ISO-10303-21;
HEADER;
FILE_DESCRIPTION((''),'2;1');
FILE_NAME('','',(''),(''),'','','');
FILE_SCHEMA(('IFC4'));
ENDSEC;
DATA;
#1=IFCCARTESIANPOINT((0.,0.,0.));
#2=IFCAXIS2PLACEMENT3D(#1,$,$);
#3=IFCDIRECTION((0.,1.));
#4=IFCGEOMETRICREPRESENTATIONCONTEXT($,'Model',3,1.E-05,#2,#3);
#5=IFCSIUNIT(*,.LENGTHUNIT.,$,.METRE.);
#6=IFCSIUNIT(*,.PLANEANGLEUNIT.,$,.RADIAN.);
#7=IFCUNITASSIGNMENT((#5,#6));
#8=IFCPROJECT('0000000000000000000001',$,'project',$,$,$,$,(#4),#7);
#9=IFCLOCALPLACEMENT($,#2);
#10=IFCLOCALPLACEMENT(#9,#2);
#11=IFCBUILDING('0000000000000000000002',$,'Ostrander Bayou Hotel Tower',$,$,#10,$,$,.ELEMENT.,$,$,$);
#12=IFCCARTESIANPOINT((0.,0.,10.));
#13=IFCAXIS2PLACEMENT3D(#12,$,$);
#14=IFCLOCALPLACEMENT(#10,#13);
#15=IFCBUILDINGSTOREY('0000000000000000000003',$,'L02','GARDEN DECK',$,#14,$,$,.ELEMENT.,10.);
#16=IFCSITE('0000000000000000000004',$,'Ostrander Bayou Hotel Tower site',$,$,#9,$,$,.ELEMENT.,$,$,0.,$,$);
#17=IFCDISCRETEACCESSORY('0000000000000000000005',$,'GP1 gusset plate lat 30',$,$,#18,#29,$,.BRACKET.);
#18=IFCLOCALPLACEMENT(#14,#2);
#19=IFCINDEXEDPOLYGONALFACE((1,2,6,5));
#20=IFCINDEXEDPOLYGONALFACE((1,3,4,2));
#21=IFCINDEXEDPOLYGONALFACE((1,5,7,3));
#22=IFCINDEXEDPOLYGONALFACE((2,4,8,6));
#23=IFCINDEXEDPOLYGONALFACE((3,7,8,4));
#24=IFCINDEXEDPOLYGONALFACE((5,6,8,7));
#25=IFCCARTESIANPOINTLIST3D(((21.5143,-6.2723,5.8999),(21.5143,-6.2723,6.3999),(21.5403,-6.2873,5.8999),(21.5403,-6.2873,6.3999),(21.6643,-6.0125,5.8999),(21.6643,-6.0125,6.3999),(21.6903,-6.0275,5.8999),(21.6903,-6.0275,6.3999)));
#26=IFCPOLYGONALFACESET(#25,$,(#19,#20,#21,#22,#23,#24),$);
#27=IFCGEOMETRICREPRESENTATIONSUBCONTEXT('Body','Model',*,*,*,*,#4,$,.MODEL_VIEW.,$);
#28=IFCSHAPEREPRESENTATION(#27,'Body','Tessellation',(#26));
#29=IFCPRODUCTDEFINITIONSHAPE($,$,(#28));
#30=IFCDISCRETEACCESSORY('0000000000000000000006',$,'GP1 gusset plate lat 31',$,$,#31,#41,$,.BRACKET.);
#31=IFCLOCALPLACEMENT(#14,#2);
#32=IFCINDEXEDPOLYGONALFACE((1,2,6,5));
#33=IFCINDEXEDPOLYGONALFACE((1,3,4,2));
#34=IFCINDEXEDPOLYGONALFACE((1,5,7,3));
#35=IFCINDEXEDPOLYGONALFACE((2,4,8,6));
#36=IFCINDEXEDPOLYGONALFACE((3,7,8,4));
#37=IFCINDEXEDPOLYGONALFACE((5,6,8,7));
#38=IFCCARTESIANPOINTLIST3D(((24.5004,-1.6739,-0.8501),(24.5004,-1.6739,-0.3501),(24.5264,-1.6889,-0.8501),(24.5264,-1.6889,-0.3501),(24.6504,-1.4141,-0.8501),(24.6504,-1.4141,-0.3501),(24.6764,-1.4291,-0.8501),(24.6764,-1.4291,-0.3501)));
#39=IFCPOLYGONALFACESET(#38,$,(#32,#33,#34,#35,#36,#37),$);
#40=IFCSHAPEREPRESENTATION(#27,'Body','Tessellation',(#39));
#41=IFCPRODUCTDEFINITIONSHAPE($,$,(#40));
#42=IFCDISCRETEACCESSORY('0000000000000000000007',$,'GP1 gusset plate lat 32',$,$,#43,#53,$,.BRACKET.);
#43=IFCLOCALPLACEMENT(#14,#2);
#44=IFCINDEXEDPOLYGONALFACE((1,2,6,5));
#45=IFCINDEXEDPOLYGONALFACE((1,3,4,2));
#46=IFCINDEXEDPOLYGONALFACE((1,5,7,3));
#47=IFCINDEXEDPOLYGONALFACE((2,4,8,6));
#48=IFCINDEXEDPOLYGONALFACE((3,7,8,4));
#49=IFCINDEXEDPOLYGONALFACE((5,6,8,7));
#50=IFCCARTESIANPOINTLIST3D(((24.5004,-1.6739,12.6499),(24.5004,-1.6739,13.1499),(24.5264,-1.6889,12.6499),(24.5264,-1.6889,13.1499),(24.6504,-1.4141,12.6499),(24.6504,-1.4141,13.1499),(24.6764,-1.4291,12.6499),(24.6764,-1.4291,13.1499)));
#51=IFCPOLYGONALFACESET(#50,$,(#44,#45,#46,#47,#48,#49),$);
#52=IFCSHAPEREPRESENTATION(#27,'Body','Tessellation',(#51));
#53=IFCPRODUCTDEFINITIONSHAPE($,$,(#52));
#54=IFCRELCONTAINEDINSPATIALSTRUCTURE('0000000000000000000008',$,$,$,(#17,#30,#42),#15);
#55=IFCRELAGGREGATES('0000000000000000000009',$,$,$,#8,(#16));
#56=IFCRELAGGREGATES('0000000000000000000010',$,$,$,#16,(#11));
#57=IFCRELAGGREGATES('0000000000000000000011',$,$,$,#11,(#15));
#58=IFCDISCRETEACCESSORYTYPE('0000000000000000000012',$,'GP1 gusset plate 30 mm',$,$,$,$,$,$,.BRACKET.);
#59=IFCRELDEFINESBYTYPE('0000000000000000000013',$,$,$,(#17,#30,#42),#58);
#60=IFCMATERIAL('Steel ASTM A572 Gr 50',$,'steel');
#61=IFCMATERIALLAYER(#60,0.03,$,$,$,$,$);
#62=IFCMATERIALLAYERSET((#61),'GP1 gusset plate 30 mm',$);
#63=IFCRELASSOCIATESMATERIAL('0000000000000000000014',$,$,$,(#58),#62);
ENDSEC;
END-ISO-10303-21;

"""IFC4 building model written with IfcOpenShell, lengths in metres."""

from ifc_helpers import new_model, si_unit, direction, frame, origin, origin_2d, place, context, subcontext, project, spatial, rectangle, extrude, material, layer, layer_set, type_object, element, save


model = new_model("IFC4")

# Units and contexts
model_context = context("Model", 3, precision=1e-05, world=origin(), true_north=direction((0.0, 1.0)))
body_context = subcontext(model_context, "Body", "Model", "MODEL_VIEW")
ifc_project = project(units=[si_unit("LENGTHUNIT", "METRE"), si_unit("PLANEANGLEUNIT", "RADIAN")], contexts=[model_context])

# Site, building, storey
site_placement = place(None, origin())
site = spatial("IfcSite", under=ifc_project, at=site_placement, Name="Ostrander Bayou Hotel Tower site", CompositionType="ELEMENT", RefElevation=0.0)
building_placement = place(site_placement, origin())
building = spatial("IfcBuilding", under=site, at=building_placement, Name="Ostrander Bayou Hotel Tower", CompositionType="ELEMENT")
storey_placement = place(building_placement, frame((0.0, 0.0, 10.0)))
storey = spatial("IfcBuildingStorey", under=building, at=storey_placement, Name="L02", Description="GARDEN DECK", CompositionType="ELEMENT", Elevation=10.0)

# Discrete accessories
ifc_material_1 = material(Name="Steel ASTM A572 Gr 50", Category="steel")
ifc_layer_1 = layer(ifc_material_1, 0.03)
ifc_layer_set_1 = layer_set([ifc_layer_1], Name="GP1 gusset plate 30 mm")
discrete_accessory_type = type_object("IfcDiscreteAccessoryType", Name="GP1 gusset plate 30 mm", PredefinedType="BRACKET", material=ifc_layer_set_1)
for number, where, z_axis, x_axis, name in (
    (1, (21.6023, -6.1499, 5.8999), (0.0, 0.0, 1.0), (0.5, 0.866025, 0.0), "GP1 gusset plate lat 30"),
    (2, (24.5884, -1.5515, -0.8501), (0.0, 0.0, 1.0), (0.5, 0.866025, 0.0), "GP1 gusset plate lat 31"),
    (3, (24.5884, -1.5515, 12.6499), (0.0, 0.0, 1.0), (0.5, 0.866025, 0.0), "GP1 gusset plate lat 32"),
):
    element("IfcDiscreteAccessory", number, at=place(storey_placement, frame(where, z_axis=z_axis, x_axis=x_axis)), inside=storey, type_object=discrete_accessory_type, Name=name, PredefinedType="BRACKET", context=body_context, shape_type="SweptSolid", body=[
        extrude(rectangle(XDim=0.3, YDim=0.03, at=origin_2d()), origin(), (0.0, 0.0, 1.0), 0.5),
    ])

save(model, "model.ifc")
